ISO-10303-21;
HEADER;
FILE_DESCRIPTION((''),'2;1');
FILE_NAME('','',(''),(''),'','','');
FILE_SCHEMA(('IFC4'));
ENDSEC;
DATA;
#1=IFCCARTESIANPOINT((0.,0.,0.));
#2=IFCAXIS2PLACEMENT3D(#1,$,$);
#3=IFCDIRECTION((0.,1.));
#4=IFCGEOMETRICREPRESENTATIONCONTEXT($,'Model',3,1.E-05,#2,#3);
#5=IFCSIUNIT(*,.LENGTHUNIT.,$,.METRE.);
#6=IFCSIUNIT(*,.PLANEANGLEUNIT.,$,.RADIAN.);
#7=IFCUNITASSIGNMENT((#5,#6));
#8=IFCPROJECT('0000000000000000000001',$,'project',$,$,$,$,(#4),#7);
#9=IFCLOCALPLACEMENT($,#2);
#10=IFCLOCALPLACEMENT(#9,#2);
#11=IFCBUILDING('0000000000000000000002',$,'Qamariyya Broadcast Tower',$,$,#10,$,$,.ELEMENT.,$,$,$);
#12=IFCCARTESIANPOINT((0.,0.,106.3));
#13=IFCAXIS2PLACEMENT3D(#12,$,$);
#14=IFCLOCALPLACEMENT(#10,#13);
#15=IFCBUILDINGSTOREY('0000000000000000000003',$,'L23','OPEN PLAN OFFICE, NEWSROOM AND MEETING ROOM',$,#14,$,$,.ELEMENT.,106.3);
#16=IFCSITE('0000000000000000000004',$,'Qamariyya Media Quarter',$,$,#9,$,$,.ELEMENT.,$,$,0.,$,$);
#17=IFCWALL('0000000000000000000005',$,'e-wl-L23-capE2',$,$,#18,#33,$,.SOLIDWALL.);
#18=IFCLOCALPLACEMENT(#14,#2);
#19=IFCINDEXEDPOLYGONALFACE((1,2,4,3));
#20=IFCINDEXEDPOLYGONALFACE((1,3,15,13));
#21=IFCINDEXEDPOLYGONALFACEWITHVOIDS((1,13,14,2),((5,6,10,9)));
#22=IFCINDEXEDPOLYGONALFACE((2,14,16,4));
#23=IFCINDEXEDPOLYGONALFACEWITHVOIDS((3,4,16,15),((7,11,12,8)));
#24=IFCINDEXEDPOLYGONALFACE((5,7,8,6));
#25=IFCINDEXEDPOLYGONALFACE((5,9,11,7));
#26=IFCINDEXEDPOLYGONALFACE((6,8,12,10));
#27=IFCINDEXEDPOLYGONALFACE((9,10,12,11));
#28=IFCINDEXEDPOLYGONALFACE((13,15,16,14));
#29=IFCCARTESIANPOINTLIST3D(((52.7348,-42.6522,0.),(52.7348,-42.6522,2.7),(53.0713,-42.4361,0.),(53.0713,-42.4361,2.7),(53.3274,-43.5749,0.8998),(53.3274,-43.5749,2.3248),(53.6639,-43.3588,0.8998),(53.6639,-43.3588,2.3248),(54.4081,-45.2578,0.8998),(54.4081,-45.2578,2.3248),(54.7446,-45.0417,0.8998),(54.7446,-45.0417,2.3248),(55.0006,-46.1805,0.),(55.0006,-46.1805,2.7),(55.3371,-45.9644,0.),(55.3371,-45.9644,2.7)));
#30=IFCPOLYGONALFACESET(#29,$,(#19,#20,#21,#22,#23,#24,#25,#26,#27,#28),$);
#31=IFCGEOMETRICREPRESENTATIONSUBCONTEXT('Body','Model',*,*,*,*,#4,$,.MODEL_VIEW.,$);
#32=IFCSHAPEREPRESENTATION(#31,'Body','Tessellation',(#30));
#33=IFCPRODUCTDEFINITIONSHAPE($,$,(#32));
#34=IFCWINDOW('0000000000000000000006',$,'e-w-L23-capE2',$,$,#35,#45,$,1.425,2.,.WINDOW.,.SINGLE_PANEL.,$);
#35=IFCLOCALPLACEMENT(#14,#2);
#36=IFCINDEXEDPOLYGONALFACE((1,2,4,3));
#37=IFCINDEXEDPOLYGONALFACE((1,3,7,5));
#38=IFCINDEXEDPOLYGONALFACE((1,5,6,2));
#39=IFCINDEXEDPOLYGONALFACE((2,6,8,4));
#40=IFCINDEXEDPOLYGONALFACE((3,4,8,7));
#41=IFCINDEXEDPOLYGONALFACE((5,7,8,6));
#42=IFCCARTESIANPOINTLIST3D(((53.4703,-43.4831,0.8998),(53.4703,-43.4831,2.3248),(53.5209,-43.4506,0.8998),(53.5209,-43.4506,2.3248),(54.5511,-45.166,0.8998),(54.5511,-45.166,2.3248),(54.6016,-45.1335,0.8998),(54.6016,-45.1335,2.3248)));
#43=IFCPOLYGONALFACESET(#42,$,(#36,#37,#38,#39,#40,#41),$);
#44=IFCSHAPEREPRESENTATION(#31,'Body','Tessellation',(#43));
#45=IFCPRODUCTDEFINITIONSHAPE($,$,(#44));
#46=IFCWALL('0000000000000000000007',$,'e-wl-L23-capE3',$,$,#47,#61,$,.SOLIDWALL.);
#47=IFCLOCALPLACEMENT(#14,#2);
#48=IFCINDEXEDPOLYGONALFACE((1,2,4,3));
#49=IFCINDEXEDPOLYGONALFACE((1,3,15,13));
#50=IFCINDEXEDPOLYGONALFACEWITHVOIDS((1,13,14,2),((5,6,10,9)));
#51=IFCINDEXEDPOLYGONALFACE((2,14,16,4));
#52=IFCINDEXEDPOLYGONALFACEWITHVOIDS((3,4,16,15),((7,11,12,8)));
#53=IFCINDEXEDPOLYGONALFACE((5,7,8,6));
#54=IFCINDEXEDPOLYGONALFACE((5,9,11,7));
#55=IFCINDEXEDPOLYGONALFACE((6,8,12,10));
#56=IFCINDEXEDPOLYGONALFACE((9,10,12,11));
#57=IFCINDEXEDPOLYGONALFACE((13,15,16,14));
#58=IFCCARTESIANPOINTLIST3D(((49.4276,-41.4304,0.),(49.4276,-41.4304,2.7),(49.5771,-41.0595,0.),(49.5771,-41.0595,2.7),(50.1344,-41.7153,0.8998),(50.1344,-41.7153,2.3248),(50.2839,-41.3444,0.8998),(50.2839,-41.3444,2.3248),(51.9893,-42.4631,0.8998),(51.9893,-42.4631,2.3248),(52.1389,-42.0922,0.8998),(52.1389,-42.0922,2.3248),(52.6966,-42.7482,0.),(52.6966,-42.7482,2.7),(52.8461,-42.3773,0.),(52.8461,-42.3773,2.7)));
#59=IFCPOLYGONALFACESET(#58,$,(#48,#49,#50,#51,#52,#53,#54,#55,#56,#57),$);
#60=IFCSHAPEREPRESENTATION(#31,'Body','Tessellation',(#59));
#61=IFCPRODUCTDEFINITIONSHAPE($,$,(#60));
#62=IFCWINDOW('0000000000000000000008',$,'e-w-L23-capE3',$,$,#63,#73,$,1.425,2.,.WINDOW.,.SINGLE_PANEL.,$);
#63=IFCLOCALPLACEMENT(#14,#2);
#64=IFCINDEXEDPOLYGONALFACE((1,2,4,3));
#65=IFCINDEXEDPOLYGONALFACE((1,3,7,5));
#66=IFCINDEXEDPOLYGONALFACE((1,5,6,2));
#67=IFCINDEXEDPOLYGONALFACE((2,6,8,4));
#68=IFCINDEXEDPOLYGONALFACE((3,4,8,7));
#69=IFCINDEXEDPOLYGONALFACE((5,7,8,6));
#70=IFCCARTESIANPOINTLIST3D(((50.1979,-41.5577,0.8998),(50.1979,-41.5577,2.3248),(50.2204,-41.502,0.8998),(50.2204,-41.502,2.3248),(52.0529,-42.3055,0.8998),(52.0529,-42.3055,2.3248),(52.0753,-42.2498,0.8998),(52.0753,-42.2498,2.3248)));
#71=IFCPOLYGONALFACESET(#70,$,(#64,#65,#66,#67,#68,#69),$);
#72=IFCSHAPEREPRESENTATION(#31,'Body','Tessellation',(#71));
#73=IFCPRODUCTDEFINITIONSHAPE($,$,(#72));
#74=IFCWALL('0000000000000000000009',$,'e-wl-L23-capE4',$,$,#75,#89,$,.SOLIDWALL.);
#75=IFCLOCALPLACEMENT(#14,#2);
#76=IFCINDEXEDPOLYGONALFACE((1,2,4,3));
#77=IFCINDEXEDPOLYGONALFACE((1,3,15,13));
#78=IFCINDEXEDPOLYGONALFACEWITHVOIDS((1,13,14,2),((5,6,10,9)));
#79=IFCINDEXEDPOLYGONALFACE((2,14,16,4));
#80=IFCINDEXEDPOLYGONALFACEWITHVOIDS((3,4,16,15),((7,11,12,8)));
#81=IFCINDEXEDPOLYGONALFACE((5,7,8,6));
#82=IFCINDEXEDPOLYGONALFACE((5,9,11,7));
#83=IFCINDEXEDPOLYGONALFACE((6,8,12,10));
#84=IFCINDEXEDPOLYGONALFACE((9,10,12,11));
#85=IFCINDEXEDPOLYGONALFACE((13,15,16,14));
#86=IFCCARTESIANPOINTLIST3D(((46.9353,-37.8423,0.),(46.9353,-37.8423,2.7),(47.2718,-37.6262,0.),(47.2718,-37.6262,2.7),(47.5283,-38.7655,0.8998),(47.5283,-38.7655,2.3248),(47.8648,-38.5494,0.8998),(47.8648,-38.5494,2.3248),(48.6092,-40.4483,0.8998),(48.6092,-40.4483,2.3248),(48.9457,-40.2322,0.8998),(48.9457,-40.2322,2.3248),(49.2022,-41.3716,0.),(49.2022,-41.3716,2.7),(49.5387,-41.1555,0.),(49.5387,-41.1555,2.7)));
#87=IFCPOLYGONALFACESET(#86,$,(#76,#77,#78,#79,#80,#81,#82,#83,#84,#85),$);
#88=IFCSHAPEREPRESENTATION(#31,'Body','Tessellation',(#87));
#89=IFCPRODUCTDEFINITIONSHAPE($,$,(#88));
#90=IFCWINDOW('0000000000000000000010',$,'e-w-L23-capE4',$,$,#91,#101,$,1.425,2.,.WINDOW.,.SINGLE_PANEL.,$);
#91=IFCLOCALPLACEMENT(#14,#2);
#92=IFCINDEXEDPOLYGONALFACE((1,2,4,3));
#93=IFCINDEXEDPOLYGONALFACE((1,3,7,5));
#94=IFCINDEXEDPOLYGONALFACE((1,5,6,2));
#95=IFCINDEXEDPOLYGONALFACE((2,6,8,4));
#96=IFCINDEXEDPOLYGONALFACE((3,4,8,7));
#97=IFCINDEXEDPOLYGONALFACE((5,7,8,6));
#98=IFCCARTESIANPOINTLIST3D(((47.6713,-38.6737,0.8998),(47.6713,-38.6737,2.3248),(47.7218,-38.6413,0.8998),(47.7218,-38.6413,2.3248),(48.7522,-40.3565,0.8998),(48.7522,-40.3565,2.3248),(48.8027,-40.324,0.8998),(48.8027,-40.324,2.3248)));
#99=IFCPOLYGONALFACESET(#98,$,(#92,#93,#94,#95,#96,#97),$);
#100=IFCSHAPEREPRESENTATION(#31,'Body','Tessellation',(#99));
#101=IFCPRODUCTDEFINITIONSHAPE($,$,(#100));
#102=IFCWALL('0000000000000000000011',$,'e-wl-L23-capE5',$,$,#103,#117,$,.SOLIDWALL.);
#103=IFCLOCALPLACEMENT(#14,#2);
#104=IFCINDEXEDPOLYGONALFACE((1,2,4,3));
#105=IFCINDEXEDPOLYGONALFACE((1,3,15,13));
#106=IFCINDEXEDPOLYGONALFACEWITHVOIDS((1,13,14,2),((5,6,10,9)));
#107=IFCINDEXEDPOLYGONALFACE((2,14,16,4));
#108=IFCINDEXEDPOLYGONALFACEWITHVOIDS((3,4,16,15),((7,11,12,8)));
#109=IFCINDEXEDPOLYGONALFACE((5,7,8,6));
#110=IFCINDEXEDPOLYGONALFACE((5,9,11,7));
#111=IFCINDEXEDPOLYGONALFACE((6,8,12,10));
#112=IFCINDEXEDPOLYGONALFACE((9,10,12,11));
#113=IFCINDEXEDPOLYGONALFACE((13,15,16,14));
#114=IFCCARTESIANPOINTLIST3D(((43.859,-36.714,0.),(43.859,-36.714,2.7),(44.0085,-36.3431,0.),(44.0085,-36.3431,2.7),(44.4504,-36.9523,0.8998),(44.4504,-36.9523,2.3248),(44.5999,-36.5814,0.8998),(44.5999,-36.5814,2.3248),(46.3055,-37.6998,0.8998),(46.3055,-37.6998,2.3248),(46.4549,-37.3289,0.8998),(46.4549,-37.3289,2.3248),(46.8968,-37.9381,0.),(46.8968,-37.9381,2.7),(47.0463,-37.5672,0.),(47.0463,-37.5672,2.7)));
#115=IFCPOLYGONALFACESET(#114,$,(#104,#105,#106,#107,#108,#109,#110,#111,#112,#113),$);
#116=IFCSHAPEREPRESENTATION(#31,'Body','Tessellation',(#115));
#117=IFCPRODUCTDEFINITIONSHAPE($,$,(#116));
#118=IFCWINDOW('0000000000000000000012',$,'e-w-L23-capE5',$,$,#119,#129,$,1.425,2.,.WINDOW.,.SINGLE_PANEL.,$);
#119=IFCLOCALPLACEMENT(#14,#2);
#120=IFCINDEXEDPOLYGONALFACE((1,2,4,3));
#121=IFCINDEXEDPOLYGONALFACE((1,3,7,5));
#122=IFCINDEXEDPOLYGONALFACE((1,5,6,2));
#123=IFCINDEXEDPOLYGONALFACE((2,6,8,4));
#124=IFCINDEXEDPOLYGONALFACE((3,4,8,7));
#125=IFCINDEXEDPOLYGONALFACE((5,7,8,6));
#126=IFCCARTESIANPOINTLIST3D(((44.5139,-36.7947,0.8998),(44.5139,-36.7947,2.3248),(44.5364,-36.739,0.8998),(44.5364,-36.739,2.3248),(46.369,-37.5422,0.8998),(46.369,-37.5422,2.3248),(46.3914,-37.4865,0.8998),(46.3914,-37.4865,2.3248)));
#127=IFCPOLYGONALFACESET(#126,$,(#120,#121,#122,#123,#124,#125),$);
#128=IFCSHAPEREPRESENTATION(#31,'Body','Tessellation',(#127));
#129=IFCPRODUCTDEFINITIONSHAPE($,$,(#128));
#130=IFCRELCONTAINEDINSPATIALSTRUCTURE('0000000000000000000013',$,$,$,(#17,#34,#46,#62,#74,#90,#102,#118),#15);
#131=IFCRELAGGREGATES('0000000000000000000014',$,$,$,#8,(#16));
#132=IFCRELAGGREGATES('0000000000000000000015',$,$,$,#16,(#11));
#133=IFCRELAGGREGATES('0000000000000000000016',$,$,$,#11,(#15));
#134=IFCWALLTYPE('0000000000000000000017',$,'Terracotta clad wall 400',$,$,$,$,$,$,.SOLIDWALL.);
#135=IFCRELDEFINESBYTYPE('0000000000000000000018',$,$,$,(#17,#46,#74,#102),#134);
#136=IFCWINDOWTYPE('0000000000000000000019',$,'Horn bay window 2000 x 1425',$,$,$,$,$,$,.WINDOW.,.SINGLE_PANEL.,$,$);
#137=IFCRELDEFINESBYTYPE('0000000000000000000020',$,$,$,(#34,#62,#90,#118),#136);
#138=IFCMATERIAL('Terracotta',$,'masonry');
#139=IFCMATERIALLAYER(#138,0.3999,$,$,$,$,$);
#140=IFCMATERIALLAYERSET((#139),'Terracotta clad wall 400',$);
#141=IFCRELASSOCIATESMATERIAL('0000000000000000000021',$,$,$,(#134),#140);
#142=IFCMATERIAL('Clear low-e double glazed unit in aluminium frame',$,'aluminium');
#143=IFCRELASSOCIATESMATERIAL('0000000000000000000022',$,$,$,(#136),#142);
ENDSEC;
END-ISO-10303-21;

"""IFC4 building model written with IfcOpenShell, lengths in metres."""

from ifc_helpers import new_model, si_unit, direction, frame, frame_2d, origin, place, context, subcontext, project, spatial, rectangle, extrude, material, layer, layer_set, type_object, element, fill, save


model = new_model("IFC4")

# Units and contexts
model_context = context("Model", 3, precision=1e-05, world=origin(), true_north=direction((0.0, 1.0)))
body_context = subcontext(model_context, "Body", "Model", "MODEL_VIEW")
ifc_project = project(units=[si_unit("LENGTHUNIT", "METRE"), si_unit("PLANEANGLEUNIT", "RADIAN")], contexts=[model_context])

# Site, building, storey
site_placement = place(None, origin())
site = spatial("IfcSite", under=ifc_project, at=site_placement, Name="Qamariyya Media Quarter", CompositionType="ELEMENT", RefElevation=0.0)
building_placement = place(site_placement, origin())
building = spatial("IfcBuilding", under=site, at=building_placement, Name="Qamariyya Broadcast Tower", CompositionType="ELEMENT")
storey_placement = place(building_placement, frame((0.0, 0.0, 106.3)))
storey = spatial("IfcBuildingStorey", under=building, at=storey_placement, Name="L23", Description="OPEN PLAN OFFICE, NEWSROOM AND MEETING ROOM", CompositionType="ELEMENT", Elevation=106.3)

# Walls, openings, windows
ifc_material_1 = material(Name="Terracotta", Category="masonry")
ifc_layer = layer(ifc_material_1, 0.3999)
ifc_layer_set = layer_set([ifc_layer], Name="Terracotta clad wall 400")
wall_type = type_object("IfcWallType", Name="Terracotta clad wall 400", PredefinedType="SOLIDWALL", material=ifc_layer_set)
ifc_material_2 = material(Name="Clear low-e double glazed unit in aluminium frame", Category="aluminium")
window_type_1 = type_object("IfcWindowType", Name="Horn bay window 2000 x 1425", PartitioningType="SINGLE_PANEL", PredefinedType="WINDOW", material=ifc_material_2)
wall_1_placement = place(storey_placement, frame((55.1689, -46.0725, 0.0), z_axis=(0.0, 0.0, 1.0), x_axis=(-0.540363, 0.841432, 0.0)))
wall_1 = element("IfcWall", 1, at=wall_1_placement, inside=storey, type_object=wall_type, Name="e-wl-L23-capE2", PredefinedType="SOLIDWALL", context=body_context, shape_type="SweptSolid", body=[
    extrude(rectangle(XDim=4.1931, YDim=0.3999, at=frame_2d((2.0967, 0.0))), origin(), (0.0, 0.0, 1.0), 2.7),
])
opening_1_placement = place(wall_1_placement, frame((1.0967, 0.0, 0.8999)))
opening_1 = element("IfcOpeningElement", 2, at=opening_1_placement, cuts=wall_1, PredefinedType="OPENING", context=body_context, shape_type="SweptSolid", body=[
    extrude(rectangle(XDim=2.0, YDim=1.425, at=frame_2d((1.0, 0.7124))), frame((0.0, 0.21, 0.0), z_axis=(0.0, -1.0, 0.0), x_axis=(1.0, 0.0, 0.0)), (0.0, 0.0, 1.0), 0.4199),
])
window_1_placement = place(opening_1_placement, origin())
window_1 = element("IfcWindow", 3, at=window_1_placement, inside=storey, type_object=window_type_1, Name="e-w-L23-capE2", OverallHeight=1.425, OverallWidth=2.0, PartitioningType="SINGLE_PANEL", PredefinedType="WINDOW", context=body_context, shape_type="SweptSolid", body=[
    extrude(rectangle(XDim=2.0, YDim=1.425, at=frame_2d((1.0, 0.7124))), frame((0.0, 0.03, 0.0), z_axis=(0.0, -1.0, 0.0), x_axis=(1.0, 0.0, 0.0)), (0.0, 0.0, 1.0), 0.0601),
])
fill(opening_1, window_1)
wall_2_placement = place(storey_placement, frame((52.7712, -42.5627, 0.0), z_axis=(0.0, 0.0, 1.0), x_axis=(-0.92747, 0.373897, 0.0)))
wall_2 = element("IfcWall", 4, at=wall_2_placement, inside=storey, type_object=wall_type, Name="e-wl-L23-capE3", PredefinedType="SOLIDWALL", context=body_context, shape_type="SweptSolid", body=[
    extrude(rectangle(XDim=3.5247, YDim=0.3999, at=frame_2d((1.7622, 0.0))), origin(), (0.0, 0.0, 1.0), 2.7),
])
opening_2_placement = place(wall_2_placement, frame((0.7625, 0.0, 0.8999)))
opening_2 = element("IfcOpeningElement", 5, at=opening_2_placement, cuts=wall_2, PredefinedType="OPENING", context=body_context, shape_type="SweptSolid", body=[
    extrude(rectangle(XDim=2.0, YDim=1.425, at=frame_2d((1.0, 0.7124))), frame((0.0, 0.21, 0.0), z_axis=(0.0, -1.0, 0.0), x_axis=(1.0, 0.0, 0.0)), (0.0, 0.0, 1.0), 0.4199),
])
window_2_placement = place(opening_2_placement, origin())
window_2 = element("IfcWindow", 6, at=window_2_placement, inside=storey, type_object=window_type_1, Name="e-w-L23-capE3", OverallHeight=1.425, OverallWidth=2.0, PartitioningType="SINGLE_PANEL", PredefinedType="WINDOW", context=body_context, shape_type="SweptSolid", body=[
    extrude(rectangle(XDim=2.0, YDim=1.425, at=frame_2d((1.0, 0.7124))), frame((0.0, 0.03, 0.0), z_axis=(0.0, -1.0, 0.0), x_axis=(1.0, 0.0, 0.0)), (0.0, 0.0, 1.0), 0.0601),
])
fill(opening_2, window_2)
wall_3_placement = place(storey_placement, frame((49.3704, -41.2634, 0.0), z_axis=(0.0, 0.0, 1.0), x_axis=(-0.540422, 0.841394, 0.0)))
wall_3 = element("IfcWall", 7, at=wall_3_placement, inside=storey, type_object=wall_type, Name="e-wl-L23-capE4", PredefinedType="SOLIDWALL", context=body_context, shape_type="SweptSolid", body=[
    extrude(rectangle(XDim=4.1946, YDim=0.3999, at=frame_2d((2.0972, 0.0))), origin(), (0.0, 0.0, 1.0), 2.7),
])
opening_3_placement = place(wall_3_placement, frame((1.0972, 0.0, 0.8999)))
opening_3 = element("IfcOpeningElement", 8, at=opening_3_placement, cuts=wall_3, PredefinedType="OPENING", context=body_context, shape_type="SweptSolid", body=[
    extrude(rectangle(XDim=2.0, YDim=1.425, at=frame_2d((1.0, 0.7124))), frame((0.0, 0.21, 0.0), z_axis=(0.0, -1.0, 0.0), x_axis=(1.0, 0.0, 0.0)), (0.0, 0.0, 1.0), 0.4199),
])
window_3_placement = place(opening_3_placement, origin())
window_3 = element("IfcWindow", 9, at=window_3_placement, inside=storey, type_object=window_type_1, Name="e-w-L23-capE4", OverallHeight=1.425, OverallWidth=2.0, PartitioningType="SINGLE_PANEL", PredefinedType="WINDOW", context=body_context, shape_type="SweptSolid", body=[
    extrude(rectangle(XDim=2.0, YDim=1.425, at=frame_2d((1.0, 0.7124))), frame((0.0, 0.03, 0.0), z_axis=(0.0, -1.0, 0.0), x_axis=(1.0, 0.0, 0.0)), (0.0, 0.0, 1.0), 0.0601),
])
fill(opening_3, window_3)
wall_4_placement = place(storey_placement, frame((46.9717, -37.7527, 0.0), z_axis=(0.0, 0.0, 1.0), x_axis=(-0.927528, 0.373754, 0.0)))
wall_4 = element("IfcWall", 10, at=wall_4_placement, inside=storey, type_object=wall_type, Name="e-wl-L23-capE5", PredefinedType="SOLIDWALL", context=body_context, shape_type="SweptSolid", body=[
    extrude(rectangle(XDim=3.2751, YDim=0.3999, at=frame_2d((1.6377, 0.0))), origin(), (0.0, 0.0, 1.0), 2.7),
])
opening_4_placement = place(wall_4_placement, frame((0.6377, 0.0, 0.8999)))
opening_4 = element("IfcOpeningElement", 11, at=opening_4_placement, cuts=wall_4, PredefinedType="OPENING", context=body_context, shape_type="SweptSolid", body=[
    extrude(rectangle(XDim=2.0, YDim=1.425, at=frame_2d((1.0, 0.7124))), frame((0.0, 0.21, 0.0), z_axis=(0.0, -1.0, 0.0), x_axis=(1.0, 0.0, 0.0)), (0.0, 0.0, 1.0), 0.4199),
])
window_4_placement = place(opening_4_placement, origin())
window_4 = element("IfcWindow", 12, at=window_4_placement, inside=storey, type_object=window_type_1, Name="e-w-L23-capE5", OverallHeight=1.425, OverallWidth=2.0, PartitioningType="SINGLE_PANEL", PredefinedType="WINDOW", context=body_context, shape_type="SweptSolid", body=[
    extrude(rectangle(XDim=2.0, YDim=1.425, at=frame_2d((1.0, 0.7124))), frame((0.0, 0.03, 0.0), z_axis=(0.0, -1.0, 0.0), x_axis=(1.0, 0.0, 0.0)), (0.0, 0.0, 1.0), 0.0601),
])
fill(opening_4, window_4)

save(model, "model.ifc")
